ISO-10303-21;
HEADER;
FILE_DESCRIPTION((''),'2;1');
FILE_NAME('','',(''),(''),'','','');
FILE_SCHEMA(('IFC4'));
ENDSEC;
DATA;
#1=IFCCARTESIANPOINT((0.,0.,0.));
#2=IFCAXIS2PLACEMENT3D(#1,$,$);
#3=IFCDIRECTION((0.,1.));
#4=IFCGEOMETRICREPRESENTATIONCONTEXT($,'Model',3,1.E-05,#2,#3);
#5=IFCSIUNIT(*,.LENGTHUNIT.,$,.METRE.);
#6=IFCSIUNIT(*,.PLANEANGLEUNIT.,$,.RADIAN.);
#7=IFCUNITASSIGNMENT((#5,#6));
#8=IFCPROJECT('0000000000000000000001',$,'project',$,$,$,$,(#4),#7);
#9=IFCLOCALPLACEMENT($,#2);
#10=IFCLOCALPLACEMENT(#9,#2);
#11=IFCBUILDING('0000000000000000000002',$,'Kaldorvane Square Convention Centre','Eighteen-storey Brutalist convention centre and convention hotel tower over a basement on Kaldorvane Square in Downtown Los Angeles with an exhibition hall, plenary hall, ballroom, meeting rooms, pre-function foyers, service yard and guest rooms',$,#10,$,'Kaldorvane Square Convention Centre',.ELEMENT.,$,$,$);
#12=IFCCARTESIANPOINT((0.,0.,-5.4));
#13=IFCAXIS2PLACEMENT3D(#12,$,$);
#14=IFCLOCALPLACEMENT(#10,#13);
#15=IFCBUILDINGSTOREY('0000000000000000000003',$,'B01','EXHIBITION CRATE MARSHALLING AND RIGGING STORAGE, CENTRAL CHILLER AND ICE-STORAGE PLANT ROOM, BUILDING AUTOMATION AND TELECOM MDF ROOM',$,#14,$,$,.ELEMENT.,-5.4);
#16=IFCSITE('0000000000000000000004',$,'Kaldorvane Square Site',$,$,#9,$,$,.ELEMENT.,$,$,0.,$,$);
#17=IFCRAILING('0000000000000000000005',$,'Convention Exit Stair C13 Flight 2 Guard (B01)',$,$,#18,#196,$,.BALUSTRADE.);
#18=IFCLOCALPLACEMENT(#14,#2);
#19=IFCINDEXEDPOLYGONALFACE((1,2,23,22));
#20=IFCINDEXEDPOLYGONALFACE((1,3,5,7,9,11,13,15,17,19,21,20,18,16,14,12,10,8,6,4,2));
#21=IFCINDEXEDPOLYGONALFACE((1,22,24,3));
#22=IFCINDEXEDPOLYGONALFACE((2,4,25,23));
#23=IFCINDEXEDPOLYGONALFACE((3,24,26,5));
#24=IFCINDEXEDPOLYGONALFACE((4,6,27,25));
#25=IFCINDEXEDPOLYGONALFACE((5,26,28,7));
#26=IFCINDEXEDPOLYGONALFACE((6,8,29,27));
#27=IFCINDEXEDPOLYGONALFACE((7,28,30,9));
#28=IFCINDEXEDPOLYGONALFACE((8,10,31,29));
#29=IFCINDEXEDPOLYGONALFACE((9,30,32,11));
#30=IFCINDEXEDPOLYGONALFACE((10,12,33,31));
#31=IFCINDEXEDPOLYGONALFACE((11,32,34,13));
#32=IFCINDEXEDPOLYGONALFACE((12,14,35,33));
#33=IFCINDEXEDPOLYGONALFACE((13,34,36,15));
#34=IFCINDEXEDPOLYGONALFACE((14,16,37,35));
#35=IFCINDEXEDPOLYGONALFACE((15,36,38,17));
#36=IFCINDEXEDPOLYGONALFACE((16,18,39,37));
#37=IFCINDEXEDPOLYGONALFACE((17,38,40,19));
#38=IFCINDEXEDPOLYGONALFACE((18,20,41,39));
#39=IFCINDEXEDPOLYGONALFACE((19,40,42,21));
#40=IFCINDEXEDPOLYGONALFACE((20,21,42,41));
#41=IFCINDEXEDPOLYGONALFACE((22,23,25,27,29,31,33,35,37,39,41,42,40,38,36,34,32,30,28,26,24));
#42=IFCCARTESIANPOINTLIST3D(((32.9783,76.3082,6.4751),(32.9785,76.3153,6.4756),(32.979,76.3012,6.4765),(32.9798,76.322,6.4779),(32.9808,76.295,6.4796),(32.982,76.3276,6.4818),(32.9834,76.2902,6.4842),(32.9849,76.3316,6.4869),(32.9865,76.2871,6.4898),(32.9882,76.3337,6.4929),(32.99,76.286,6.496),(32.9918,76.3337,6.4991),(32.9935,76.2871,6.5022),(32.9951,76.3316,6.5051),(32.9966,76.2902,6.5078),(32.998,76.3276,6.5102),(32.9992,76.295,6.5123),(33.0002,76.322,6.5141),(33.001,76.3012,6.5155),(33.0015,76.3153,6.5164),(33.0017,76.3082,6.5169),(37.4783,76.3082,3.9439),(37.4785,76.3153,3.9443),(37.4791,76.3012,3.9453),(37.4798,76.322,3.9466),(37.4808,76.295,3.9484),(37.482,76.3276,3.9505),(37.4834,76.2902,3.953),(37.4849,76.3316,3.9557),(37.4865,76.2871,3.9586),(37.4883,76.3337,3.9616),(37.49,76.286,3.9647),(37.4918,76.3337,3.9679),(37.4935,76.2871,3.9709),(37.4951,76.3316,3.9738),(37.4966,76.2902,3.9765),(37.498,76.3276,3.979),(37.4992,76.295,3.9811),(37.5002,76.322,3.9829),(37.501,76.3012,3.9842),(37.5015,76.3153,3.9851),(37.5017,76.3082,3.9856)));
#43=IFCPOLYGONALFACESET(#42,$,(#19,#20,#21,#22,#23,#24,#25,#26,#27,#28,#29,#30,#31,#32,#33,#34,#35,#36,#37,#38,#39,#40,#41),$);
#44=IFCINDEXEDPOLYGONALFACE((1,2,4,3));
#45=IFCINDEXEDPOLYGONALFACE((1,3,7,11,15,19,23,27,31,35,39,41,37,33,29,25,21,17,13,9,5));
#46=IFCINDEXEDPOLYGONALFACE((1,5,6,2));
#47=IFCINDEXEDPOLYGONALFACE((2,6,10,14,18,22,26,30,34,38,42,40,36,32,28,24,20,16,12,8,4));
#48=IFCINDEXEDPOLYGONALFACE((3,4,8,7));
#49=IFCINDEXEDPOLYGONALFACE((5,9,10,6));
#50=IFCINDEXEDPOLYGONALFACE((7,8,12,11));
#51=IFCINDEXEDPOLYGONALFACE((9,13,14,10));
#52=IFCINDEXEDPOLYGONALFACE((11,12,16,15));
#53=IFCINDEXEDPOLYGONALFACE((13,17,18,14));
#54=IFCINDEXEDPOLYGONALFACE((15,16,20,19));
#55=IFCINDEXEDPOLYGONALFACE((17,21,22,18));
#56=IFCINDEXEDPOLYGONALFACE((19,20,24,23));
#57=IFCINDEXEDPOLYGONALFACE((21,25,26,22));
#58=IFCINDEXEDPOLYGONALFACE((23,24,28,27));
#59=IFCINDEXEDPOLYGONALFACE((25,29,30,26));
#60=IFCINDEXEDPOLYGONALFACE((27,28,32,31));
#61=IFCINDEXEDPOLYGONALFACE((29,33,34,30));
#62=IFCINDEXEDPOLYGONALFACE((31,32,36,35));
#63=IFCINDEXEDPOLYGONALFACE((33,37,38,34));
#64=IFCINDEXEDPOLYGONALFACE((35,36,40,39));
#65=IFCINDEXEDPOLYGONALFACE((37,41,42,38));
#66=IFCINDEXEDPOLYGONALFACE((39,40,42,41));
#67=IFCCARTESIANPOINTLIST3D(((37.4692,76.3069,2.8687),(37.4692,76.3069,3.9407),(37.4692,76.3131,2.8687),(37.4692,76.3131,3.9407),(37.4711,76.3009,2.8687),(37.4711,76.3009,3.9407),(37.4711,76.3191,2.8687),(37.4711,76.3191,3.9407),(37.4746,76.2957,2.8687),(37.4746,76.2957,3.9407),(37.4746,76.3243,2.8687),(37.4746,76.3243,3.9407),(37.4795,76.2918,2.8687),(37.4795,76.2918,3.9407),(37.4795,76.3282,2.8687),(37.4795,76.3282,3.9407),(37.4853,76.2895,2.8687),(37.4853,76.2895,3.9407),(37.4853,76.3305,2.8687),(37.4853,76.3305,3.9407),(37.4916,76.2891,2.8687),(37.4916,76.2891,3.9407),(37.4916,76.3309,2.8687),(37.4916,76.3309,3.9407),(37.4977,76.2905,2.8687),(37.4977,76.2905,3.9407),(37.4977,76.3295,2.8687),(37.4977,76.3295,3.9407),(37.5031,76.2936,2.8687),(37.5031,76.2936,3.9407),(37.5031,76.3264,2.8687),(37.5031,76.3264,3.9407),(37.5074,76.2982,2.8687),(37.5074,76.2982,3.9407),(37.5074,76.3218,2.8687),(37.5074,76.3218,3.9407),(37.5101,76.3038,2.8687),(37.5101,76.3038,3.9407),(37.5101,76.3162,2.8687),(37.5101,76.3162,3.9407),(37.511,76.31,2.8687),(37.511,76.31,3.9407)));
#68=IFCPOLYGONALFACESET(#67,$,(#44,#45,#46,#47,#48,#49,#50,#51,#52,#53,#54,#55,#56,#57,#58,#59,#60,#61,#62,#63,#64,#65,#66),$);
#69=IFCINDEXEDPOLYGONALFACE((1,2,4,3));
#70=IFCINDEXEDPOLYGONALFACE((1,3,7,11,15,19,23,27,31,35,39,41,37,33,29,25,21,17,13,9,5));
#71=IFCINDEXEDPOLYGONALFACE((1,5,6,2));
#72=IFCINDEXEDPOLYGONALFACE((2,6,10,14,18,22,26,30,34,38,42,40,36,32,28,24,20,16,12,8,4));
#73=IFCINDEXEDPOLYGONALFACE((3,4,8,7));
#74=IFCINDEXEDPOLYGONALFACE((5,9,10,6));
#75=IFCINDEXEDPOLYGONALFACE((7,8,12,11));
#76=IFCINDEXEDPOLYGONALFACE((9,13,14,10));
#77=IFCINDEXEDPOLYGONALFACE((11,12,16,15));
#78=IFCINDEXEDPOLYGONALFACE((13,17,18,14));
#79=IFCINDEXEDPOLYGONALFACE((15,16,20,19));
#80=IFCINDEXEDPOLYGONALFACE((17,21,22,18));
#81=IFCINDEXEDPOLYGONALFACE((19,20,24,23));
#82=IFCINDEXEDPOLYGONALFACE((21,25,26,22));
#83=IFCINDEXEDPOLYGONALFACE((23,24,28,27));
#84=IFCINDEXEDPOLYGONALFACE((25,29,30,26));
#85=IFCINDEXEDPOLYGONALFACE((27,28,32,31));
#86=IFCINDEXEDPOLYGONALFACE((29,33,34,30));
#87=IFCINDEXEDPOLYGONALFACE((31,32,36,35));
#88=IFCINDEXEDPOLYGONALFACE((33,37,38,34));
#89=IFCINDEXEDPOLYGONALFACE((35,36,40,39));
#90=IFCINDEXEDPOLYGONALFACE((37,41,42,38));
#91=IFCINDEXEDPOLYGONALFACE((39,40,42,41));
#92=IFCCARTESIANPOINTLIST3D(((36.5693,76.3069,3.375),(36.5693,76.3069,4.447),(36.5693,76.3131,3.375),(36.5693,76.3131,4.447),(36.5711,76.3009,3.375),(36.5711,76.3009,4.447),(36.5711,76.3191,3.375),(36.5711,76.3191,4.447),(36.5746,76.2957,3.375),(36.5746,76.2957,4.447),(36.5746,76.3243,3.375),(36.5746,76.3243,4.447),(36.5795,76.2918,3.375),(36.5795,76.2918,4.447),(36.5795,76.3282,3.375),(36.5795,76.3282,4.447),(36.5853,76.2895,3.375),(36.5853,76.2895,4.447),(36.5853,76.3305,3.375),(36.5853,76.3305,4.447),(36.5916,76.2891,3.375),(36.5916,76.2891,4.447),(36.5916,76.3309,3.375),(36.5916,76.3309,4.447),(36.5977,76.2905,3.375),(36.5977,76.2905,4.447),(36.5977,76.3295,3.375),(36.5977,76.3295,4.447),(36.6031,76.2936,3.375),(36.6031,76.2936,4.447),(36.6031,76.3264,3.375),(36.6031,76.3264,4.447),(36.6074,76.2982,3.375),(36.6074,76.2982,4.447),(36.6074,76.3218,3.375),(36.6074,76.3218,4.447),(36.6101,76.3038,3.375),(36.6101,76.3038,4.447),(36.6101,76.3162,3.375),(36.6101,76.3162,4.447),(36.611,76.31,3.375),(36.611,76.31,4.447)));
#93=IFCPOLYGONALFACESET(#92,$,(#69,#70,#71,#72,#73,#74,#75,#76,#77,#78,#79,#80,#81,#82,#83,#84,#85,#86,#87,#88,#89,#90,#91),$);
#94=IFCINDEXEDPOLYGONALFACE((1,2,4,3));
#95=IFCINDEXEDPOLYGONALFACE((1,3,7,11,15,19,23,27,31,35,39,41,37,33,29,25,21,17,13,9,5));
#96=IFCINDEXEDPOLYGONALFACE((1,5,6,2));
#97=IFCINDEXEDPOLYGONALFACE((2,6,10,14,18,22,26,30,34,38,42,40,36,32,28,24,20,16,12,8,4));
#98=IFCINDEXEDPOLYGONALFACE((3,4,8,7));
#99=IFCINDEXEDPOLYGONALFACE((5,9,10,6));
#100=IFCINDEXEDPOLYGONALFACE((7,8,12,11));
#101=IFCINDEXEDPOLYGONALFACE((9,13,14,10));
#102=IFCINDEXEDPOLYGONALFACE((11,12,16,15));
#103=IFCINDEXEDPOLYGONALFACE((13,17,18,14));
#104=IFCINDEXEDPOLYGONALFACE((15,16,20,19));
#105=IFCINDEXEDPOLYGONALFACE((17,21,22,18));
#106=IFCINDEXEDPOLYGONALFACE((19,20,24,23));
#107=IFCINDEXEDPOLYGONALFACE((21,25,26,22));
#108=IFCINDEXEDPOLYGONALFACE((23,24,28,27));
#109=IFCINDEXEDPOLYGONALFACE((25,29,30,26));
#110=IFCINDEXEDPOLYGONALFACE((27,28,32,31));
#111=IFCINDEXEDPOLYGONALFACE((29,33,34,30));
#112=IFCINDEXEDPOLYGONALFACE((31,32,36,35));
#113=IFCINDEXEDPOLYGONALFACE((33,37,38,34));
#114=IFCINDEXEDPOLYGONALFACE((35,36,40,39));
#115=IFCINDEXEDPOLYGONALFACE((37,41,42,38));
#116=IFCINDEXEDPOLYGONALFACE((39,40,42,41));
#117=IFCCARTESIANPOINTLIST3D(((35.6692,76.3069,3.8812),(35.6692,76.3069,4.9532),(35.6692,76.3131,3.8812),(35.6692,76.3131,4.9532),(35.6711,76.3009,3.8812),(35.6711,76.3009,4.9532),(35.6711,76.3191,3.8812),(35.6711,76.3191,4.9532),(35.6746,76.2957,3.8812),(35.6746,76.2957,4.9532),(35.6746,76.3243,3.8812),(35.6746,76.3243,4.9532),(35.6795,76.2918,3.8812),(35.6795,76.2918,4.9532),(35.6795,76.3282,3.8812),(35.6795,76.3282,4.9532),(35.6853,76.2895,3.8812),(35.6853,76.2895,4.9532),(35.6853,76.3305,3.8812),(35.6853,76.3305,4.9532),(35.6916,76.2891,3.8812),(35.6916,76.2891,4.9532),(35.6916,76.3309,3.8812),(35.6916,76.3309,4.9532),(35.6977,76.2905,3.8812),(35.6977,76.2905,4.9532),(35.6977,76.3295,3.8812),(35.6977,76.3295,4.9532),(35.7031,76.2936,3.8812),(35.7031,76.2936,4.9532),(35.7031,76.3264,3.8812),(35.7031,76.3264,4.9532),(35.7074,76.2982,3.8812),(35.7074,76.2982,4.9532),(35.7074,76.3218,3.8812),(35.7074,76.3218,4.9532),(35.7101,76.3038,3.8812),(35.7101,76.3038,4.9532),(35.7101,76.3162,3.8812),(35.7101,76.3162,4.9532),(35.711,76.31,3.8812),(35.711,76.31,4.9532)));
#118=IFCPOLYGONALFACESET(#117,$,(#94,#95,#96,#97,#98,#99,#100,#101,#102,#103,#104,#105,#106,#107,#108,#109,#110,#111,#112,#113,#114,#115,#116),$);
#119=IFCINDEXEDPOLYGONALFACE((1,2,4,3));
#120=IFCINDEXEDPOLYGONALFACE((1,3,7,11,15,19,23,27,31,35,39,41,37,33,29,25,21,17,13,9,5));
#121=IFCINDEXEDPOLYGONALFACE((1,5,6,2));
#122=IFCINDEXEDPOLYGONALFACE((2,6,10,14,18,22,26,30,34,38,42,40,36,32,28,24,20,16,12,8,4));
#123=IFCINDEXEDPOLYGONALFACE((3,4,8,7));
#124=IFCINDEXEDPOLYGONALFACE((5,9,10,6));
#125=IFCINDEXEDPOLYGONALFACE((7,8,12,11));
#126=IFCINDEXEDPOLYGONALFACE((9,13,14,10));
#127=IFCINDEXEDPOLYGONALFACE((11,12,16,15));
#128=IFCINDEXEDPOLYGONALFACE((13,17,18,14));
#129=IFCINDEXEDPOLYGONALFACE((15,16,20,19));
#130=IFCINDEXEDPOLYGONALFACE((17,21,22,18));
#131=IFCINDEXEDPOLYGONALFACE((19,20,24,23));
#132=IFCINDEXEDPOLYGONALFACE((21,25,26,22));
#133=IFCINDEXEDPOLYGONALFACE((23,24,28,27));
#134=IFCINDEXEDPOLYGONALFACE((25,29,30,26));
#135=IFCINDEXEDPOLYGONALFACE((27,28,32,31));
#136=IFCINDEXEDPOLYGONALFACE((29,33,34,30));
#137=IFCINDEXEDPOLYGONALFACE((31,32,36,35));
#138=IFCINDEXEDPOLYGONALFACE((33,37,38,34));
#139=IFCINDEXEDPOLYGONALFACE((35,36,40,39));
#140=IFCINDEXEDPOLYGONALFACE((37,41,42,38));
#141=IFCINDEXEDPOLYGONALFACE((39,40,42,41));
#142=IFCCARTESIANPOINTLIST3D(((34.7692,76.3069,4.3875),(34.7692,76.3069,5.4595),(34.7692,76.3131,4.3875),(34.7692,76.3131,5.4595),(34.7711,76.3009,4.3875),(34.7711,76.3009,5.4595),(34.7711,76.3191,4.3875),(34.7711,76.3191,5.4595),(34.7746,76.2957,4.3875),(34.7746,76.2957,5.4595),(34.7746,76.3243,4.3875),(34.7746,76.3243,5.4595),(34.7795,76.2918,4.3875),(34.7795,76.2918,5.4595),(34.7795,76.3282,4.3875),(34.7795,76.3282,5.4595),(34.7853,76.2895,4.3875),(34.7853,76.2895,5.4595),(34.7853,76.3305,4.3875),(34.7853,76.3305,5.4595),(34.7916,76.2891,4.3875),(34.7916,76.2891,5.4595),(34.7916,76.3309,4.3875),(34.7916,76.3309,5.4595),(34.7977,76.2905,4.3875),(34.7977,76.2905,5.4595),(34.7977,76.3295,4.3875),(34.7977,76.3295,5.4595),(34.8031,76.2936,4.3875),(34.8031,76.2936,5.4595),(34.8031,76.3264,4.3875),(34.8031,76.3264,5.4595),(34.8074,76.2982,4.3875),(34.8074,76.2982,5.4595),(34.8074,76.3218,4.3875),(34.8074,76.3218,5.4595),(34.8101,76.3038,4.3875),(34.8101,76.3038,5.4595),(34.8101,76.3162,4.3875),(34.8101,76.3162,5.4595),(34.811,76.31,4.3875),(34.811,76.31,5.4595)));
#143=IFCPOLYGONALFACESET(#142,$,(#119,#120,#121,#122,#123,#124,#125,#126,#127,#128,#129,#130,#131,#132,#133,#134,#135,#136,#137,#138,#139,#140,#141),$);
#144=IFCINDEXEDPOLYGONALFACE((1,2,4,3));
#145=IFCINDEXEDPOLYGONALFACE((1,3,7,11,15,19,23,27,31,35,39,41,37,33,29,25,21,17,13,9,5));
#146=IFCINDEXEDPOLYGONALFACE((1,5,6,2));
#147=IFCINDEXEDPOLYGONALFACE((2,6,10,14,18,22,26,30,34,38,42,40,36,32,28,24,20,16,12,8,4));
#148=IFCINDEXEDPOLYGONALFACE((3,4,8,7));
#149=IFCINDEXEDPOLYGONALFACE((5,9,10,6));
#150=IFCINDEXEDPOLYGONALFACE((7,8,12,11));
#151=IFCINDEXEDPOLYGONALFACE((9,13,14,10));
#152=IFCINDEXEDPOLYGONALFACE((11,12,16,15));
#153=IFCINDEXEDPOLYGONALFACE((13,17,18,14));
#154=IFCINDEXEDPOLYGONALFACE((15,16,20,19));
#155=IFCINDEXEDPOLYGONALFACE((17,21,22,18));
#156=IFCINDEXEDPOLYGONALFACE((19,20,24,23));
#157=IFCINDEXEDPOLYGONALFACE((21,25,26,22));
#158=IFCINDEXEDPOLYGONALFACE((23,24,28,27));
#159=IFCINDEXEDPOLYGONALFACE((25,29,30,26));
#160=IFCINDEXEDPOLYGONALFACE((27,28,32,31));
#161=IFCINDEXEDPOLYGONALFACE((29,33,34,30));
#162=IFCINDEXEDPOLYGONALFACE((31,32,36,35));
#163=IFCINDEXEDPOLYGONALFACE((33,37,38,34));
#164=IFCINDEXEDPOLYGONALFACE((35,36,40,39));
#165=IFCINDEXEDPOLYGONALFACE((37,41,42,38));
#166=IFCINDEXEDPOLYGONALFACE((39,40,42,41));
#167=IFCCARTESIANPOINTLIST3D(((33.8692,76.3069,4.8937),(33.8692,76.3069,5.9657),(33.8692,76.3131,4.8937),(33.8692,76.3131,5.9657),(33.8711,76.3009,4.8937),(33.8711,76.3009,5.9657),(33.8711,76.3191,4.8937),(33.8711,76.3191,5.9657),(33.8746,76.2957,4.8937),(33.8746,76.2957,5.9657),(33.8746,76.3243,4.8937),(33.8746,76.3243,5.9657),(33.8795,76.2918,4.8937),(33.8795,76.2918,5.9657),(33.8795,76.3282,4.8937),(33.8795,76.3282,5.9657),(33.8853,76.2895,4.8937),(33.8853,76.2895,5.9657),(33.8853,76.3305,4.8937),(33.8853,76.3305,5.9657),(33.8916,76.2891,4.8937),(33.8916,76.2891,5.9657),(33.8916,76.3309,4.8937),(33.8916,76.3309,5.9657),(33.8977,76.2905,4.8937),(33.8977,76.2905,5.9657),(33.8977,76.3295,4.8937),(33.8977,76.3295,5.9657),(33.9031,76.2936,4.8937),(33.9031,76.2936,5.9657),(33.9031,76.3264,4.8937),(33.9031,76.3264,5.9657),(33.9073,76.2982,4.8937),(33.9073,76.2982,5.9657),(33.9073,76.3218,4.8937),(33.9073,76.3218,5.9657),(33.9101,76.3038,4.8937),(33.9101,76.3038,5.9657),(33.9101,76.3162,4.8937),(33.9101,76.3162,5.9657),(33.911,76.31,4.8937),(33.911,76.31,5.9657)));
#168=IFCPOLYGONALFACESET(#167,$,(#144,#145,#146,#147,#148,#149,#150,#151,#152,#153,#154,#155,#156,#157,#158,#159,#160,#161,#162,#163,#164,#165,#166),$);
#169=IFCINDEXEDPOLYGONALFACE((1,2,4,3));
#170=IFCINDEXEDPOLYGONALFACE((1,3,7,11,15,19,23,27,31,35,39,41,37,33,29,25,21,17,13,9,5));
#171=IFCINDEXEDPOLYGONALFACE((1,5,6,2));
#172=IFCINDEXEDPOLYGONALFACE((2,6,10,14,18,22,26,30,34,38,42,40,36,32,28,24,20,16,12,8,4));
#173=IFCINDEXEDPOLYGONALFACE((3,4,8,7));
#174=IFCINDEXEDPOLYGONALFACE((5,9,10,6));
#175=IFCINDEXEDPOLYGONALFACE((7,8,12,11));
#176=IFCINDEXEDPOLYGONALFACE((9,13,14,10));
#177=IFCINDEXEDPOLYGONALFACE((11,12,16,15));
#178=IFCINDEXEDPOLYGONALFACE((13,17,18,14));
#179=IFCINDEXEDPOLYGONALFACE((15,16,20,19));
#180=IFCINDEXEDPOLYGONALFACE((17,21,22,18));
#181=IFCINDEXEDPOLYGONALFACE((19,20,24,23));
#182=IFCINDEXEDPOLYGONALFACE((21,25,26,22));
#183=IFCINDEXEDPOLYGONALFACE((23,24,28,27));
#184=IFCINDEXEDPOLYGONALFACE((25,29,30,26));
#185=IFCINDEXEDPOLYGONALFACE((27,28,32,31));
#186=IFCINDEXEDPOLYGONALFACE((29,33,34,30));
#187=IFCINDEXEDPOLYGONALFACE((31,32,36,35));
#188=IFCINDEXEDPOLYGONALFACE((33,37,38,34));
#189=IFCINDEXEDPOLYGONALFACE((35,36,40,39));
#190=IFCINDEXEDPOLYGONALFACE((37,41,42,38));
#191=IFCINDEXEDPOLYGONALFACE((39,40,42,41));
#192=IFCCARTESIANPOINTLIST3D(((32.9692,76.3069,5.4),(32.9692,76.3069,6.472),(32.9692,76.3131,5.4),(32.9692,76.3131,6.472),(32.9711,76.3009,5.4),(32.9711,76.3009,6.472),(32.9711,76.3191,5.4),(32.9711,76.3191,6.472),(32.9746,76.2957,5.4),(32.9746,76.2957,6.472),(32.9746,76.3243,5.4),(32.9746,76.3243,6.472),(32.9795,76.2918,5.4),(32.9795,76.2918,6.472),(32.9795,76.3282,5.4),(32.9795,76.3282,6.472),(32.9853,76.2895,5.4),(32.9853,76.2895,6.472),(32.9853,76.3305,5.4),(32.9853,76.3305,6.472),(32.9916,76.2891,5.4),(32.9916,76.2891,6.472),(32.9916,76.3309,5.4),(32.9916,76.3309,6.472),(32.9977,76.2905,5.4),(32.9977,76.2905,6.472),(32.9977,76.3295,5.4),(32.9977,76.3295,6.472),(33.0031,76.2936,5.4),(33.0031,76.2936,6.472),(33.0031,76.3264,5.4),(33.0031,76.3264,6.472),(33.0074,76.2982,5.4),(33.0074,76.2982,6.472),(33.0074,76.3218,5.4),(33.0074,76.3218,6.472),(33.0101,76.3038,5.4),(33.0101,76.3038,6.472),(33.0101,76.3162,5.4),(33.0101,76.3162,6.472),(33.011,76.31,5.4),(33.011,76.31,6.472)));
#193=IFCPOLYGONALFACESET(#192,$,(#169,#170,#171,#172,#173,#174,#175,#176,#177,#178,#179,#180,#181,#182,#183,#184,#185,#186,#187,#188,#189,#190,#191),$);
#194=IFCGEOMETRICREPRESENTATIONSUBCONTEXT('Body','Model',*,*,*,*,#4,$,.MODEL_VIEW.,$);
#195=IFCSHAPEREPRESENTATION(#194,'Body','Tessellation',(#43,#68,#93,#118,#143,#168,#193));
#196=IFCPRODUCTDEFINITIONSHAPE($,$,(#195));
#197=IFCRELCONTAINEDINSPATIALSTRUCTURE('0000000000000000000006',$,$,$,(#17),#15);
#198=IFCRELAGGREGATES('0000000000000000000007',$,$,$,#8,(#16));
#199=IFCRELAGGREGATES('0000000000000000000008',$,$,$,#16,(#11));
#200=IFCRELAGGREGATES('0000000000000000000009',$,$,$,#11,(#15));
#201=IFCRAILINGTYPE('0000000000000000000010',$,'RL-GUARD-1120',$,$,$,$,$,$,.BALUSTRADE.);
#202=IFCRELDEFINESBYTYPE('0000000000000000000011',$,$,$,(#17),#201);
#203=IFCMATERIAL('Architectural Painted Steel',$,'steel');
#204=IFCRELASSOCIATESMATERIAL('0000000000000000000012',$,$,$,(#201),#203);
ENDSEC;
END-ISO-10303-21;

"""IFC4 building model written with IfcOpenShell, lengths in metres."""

from ifc_helpers import new_model, si_unit, direction, frame, origin, origin_2d, place, context, subcontext, project, spatial, circle, extrude, material, type_object, element, save


model = new_model("IFC4")

# Units and contexts
model_context = context("Model", 3, precision=1e-05, world=origin(), true_north=direction((0.0, 1.0)))
body_context = subcontext(model_context, "Body", "Model", "MODEL_VIEW")
ifc_project = project(units=[si_unit("LENGTHUNIT", "METRE"), si_unit("PLANEANGLEUNIT", "RADIAN")], contexts=[model_context])

# Site, building, storey
site_placement = place(None, origin())
site = spatial("IfcSite", under=ifc_project, at=site_placement, Name="Kaldorvane Square Site", CompositionType="ELEMENT", RefElevation=0.0)
building_placement = place(site_placement, origin())
building = spatial("IfcBuilding", under=site, at=building_placement, Name="Kaldorvane Square Convention Centre", Description="Eighteen-storey Brutalist convention centre and convention hotel tower over a basement on Kaldorvane Square in Downtown Los Angeles with an exhibition hall, plenary hall, ballroom, meeting rooms, pre-function foyers, service yard and guest rooms", LongName="Kaldorvane Square Convention Centre", CompositionType="ELEMENT")
storey_placement = place(building_placement, frame((0.0, 0.0, -5.4)))
storey = spatial("IfcBuildingStorey", under=building, at=storey_placement, Name="B01", Description="EXHIBITION CRATE MARSHALLING AND RIGGING STORAGE, CENTRAL CHILLER AND ICE-STORAGE PLANT ROOM, BUILDING AUTOMATION AND TELECOM MDF ROOM", CompositionType="ELEMENT", Elevation=-5.4)

# Railing
ifc_material_1 = material(Name="Architectural Painted Steel", Category="steel")
railing_type_1 = type_object("IfcRailingType", Name="RL-GUARD-1120", PredefinedType="BALUSTRADE", material=ifc_material_1)
railing_1_placement = place(storey_placement, frame((37.49, 76.31, 2.8687)))
element("IfcRailing", 1, at=railing_1_placement, inside=storey, type_object=railing_type_1, Name="Convention Exit Stair C13 Flight 2 Guard (B01)", PredefinedType="BALUSTRADE", context=body_context, shape_type="SweptSolid", body=[
    extrude(circle(Radius=0.024, at=origin_2d()), frame((0.0, 0.0, 1.096), z_axis=(-0.871576, 0.0, 0.490261), x_axis=(0.0, -1.0, 0.0)), (0.0, 0.0, 1.0), 5.1631),
    extrude(circle(Radius=0.021, at=origin_2d()), origin(), (0.0, 0.0, 1.0), 1.072),
    extrude(circle(Radius=0.021, at=origin_2d()), frame((-0.9, 0.0, 0.5063)), (0.0, 0.0, 1.0), 1.072),
    extrude(circle(Radius=0.021, at=origin_2d()), frame((-1.8, 0.0, 1.0125)), (0.0, 0.0, 1.0), 1.072),
    extrude(circle(Radius=0.021, at=origin_2d()), frame((-2.7, 0.0, 1.5188)), (0.0, 0.0, 1.0), 1.072),
    extrude(circle(Radius=0.021, at=origin_2d()), frame((-3.6, 0.0, 2.025)), (0.0, 0.0, 1.0), 1.072),
    extrude(circle(Radius=0.021, at=origin_2d()), frame((-4.5, 0.0, 2.5312)), (0.0, 0.0, 1.0), 1.072),
])

save(model, "model.ifc")
